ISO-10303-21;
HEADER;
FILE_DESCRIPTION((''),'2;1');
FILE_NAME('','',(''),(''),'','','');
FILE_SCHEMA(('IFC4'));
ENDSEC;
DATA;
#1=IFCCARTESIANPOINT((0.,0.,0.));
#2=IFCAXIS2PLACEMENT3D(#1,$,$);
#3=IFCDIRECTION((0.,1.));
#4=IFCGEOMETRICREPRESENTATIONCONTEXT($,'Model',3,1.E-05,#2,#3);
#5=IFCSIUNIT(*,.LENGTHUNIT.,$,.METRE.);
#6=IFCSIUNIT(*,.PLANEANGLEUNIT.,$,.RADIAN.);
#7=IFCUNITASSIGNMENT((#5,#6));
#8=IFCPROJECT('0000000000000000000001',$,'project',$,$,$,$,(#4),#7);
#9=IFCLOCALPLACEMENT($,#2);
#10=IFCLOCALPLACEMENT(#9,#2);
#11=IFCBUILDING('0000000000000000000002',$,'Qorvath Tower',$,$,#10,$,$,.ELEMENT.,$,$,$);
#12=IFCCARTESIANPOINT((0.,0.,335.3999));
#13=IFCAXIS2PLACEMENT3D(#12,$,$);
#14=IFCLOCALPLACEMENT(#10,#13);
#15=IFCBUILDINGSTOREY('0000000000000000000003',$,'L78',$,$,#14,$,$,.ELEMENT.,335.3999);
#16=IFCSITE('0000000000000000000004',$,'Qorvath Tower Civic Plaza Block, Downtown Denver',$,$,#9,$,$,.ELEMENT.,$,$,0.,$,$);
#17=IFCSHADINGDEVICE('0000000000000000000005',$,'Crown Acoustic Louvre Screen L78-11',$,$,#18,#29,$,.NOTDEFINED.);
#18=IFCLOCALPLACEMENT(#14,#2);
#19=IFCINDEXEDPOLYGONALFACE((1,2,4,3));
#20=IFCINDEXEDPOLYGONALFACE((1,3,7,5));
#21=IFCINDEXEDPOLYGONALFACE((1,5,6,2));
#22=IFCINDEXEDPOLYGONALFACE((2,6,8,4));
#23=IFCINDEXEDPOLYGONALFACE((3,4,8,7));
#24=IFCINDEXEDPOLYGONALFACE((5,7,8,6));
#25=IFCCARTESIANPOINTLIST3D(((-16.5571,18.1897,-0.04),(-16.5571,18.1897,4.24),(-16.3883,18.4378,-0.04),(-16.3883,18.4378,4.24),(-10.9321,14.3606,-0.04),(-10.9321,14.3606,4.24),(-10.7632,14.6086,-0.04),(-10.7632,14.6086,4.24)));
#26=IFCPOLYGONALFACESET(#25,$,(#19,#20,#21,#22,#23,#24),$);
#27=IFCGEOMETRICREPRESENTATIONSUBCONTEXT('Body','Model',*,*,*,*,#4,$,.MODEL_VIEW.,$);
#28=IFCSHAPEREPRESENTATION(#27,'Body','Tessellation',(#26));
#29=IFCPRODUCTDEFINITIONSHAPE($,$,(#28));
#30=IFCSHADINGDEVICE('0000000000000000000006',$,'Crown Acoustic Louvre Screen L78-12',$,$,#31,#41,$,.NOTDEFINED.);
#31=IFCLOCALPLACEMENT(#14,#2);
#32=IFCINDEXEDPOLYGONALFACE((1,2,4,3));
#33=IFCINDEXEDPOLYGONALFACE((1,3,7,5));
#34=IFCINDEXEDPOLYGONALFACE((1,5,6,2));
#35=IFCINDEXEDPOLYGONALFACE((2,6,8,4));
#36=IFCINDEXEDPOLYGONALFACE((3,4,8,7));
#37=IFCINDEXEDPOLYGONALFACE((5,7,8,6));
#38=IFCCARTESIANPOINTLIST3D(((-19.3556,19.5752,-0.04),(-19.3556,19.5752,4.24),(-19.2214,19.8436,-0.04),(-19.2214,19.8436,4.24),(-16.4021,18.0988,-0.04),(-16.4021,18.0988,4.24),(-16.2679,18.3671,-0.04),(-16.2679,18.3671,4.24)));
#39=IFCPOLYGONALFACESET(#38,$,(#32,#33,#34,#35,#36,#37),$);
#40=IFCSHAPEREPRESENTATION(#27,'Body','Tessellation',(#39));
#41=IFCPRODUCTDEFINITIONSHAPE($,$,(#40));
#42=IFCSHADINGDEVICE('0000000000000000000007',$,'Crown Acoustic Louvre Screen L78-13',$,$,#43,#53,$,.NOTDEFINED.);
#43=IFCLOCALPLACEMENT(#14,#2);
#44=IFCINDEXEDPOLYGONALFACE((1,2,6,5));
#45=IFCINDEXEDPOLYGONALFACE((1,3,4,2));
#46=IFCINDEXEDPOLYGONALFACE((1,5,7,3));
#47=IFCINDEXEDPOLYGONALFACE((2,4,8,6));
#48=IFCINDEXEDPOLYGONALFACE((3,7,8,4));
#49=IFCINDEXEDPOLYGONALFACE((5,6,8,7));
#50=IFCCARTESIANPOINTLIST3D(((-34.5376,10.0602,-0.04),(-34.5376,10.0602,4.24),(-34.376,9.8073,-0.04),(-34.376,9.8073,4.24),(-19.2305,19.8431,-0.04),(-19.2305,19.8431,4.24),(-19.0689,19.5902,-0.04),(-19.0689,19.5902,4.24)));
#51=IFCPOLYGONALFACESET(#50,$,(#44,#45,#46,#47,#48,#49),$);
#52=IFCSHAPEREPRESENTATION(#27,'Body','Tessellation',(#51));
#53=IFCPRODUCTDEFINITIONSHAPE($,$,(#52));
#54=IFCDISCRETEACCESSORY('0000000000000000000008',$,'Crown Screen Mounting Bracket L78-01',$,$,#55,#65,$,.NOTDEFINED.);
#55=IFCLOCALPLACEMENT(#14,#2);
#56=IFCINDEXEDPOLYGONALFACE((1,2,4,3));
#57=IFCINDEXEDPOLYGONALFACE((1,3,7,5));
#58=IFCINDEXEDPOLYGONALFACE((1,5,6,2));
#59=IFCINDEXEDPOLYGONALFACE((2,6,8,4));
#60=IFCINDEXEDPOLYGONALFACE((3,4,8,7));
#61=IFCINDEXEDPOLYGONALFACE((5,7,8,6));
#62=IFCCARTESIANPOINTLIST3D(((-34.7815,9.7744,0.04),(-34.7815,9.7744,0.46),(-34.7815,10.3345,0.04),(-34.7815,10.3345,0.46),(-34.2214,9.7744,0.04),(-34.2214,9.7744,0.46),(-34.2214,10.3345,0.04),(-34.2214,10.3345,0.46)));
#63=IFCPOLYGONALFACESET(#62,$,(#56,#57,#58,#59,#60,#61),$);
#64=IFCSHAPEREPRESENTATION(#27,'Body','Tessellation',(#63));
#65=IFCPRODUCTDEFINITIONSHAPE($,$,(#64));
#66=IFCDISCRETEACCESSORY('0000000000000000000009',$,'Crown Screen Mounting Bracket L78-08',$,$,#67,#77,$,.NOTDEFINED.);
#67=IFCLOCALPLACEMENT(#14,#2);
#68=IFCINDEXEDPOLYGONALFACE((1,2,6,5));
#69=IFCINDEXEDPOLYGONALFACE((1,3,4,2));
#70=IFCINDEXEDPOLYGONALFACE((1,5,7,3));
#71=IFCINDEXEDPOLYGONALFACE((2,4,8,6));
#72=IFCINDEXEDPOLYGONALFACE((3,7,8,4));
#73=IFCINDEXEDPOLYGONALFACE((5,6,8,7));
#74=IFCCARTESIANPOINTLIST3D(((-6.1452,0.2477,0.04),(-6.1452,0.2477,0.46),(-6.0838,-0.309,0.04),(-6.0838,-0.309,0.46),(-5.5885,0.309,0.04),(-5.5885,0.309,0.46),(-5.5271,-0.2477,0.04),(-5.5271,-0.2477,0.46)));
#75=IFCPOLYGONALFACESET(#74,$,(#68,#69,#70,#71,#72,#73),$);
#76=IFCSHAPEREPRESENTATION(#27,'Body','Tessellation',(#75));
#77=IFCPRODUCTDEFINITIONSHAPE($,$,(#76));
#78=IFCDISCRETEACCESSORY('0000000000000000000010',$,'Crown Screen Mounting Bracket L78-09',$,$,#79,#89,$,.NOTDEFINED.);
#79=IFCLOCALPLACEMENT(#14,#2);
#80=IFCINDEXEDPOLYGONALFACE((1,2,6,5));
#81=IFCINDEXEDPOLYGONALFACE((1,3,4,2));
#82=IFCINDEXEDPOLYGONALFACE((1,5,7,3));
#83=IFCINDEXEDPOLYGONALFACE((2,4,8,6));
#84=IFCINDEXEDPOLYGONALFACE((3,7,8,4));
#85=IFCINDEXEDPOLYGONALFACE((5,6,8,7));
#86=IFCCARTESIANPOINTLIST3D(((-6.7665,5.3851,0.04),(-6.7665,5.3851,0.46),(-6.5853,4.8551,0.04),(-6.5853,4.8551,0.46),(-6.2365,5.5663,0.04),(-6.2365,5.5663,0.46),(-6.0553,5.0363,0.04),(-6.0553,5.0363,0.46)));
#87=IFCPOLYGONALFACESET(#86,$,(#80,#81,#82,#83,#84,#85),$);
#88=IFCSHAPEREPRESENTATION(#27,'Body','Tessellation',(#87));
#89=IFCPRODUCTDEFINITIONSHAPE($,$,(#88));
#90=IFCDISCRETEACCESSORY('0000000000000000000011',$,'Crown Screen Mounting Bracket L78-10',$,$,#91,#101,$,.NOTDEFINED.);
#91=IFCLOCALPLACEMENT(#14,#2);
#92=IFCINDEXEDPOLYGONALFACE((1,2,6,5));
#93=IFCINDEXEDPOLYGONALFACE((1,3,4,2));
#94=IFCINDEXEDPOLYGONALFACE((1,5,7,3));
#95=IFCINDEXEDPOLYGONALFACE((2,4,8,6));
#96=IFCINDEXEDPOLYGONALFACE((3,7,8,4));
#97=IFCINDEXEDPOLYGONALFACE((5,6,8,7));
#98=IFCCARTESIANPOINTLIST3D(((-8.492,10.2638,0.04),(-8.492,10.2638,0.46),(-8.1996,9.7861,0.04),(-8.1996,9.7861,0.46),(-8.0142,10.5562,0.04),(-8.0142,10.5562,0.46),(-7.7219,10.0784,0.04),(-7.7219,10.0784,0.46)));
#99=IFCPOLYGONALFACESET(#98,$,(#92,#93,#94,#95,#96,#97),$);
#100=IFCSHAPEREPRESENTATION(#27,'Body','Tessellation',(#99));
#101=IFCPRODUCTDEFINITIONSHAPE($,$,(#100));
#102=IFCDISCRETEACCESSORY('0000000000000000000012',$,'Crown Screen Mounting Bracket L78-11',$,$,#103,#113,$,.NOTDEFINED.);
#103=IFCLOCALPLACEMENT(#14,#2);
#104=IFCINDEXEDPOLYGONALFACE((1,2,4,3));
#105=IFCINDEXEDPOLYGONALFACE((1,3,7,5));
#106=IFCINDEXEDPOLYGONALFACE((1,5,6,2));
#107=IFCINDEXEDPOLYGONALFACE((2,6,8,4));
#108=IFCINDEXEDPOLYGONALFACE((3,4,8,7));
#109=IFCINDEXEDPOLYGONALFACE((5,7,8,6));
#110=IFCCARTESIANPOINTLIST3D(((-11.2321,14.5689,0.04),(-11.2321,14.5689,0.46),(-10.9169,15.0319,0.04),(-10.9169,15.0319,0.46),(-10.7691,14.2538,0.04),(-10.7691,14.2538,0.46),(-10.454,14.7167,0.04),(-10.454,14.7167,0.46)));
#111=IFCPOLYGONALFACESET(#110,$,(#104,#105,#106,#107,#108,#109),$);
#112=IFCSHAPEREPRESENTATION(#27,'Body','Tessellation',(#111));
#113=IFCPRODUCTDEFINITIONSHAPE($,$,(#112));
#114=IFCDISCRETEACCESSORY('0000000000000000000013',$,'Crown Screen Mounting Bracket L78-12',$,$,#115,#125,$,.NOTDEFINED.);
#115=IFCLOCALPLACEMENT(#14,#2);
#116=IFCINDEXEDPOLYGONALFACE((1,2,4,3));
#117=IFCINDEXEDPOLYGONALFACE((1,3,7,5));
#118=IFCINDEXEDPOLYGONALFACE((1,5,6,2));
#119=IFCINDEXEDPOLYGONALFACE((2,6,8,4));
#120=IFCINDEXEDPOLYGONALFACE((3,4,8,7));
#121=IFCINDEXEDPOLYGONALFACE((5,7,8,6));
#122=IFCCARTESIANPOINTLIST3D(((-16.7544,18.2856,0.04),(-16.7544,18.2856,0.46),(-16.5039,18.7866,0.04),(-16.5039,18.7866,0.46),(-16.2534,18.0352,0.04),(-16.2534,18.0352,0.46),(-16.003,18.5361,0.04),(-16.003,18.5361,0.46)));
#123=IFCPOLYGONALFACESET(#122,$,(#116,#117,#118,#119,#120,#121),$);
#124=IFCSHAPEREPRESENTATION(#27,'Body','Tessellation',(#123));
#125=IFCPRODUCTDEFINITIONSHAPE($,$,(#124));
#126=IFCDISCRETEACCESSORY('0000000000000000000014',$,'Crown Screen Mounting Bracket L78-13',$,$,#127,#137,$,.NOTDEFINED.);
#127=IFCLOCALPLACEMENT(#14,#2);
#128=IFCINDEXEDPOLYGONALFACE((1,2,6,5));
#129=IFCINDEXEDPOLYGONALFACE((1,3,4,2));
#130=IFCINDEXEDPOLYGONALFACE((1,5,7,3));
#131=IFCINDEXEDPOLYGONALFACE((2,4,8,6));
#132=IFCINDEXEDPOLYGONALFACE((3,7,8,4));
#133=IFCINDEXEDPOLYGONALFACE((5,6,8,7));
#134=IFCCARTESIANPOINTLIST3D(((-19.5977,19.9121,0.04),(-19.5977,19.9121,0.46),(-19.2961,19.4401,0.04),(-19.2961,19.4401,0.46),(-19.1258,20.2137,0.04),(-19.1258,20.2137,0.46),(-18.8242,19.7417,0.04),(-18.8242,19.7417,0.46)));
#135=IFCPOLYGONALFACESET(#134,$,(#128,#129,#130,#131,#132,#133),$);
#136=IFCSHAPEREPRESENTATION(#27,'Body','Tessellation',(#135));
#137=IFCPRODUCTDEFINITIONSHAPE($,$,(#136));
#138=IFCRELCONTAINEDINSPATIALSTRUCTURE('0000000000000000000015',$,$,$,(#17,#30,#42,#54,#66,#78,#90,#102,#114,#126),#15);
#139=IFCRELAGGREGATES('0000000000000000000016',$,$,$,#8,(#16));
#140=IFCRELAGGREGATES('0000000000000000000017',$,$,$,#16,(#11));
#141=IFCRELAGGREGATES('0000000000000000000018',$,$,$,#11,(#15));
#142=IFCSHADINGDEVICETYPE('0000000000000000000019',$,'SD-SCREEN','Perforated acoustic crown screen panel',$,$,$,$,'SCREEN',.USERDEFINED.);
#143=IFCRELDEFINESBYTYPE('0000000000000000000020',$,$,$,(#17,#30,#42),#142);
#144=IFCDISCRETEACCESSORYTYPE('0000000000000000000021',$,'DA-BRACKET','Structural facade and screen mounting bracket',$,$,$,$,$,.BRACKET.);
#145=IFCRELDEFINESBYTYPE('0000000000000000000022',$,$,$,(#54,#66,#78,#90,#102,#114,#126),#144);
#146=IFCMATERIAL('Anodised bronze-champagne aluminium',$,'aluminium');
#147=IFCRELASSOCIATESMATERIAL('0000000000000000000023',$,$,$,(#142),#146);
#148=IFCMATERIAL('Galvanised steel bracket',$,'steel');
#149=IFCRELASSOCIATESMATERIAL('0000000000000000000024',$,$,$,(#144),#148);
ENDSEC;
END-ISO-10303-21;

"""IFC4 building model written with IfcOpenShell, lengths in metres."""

from ifc_helpers import new_model, si_unit, direction, frame, origin, origin_2d, place, context, subcontext, project, spatial, rectangle, extrude, material, type_object, element, save


model = new_model("IFC4")

# Units and contexts
model_context = context("Model", 3, precision=1e-05, world=origin(), true_north=direction((0.0, 1.0)))
body_context = subcontext(model_context, "Body", "Model", "MODEL_VIEW")
ifc_project = project(units=[si_unit("LENGTHUNIT", "METRE"), si_unit("PLANEANGLEUNIT", "RADIAN")], contexts=[model_context])

# Site, building, storey
site_placement = place(None, origin())
site = spatial("IfcSite", under=ifc_project, at=site_placement, Name="Qorvath Tower Civic Plaza Block, Downtown Denver", CompositionType="ELEMENT", RefElevation=0.0)
building_placement = place(site_placement, origin())
building = spatial("IfcBuilding", under=site, at=building_placement, Name="Qorvath Tower", CompositionType="ELEMENT")
storey_placement = place(building_placement, frame((0.0, 0.0, 335.3999)))
storey = spatial("IfcBuildingStorey", under=building, at=storey_placement, Name="L78", CompositionType="ELEMENT", Elevation=335.3999)

# Shading devices
ifc_material_1 = material(Name="Anodised bronze-champagne aluminium", Category="aluminium")
shading_device_type = type_object("IfcShadingDeviceType", Name="SD-SCREEN", Description="Perforated acoustic crown screen panel", ElementType="SCREEN", PredefinedType="USERDEFINED", material=ifc_material_1)
shading_device_1_placement = place(storey_placement, frame((-13.6602, 16.3992, -0.04), z_axis=(0.0, 0.0, 1.0), x_axis=(-0.826643, 0.562727, 0.0)))
element("IfcShadingDevice", 1, at=shading_device_1_placement, inside=storey, type_object=shading_device_type, Name="Crown Acoustic Louvre Screen L78-11", PredefinedType="NOTDEFINED", context=body_context, shape_type="SweptSolid", body=[
    extrude(rectangle(XDim=6.8047, YDim=0.3, at=origin_2d()), origin(), (0.0, 0.0, 1.0), 4.28),
])
shading_device_2_placement = place(storey_placement, frame((-17.8118, 18.9712, -0.04), z_axis=(0.0, 0.0, 1.0), x_axis=(-0.894459, 0.44715, 0.0)))
element("IfcShadingDevice", 2, at=shading_device_2_placement, inside=storey, type_object=shading_device_type, Name="Crown Acoustic Louvre Screen L78-12", PredefinedType="NOTDEFINED", context=body_context, shape_type="SweptSolid", body=[
    extrude(rectangle(XDim=3.302, YDim=0.3, at=origin_2d()), origin(), (0.0, 0.0, 1.0), 4.28),
])
shading_device_3_placement = place(storey_placement, frame((-26.8032, 14.8252, -0.04), z_axis=(0.0, 0.0, 1.0), x_axis=(-0.842612, -0.538521, 0.0)))
element("IfcShadingDevice", 3, at=shading_device_3_placement, inside=storey, type_object=shading_device_type, Name="Crown Acoustic Louvre Screen L78-13", PredefinedType="NOTDEFINED", context=body_context, shape_type="SweptSolid", body=[
    extrude(rectangle(XDim=18.1663, YDim=0.3, at=origin_2d()), origin(), (0.0, 0.0, 1.0), 4.28),
])

# Discrete accessories
ifc_material_2 = material(Name="Galvanised steel bracket", Category="steel")
discrete_accessory_type = type_object("IfcDiscreteAccessoryType", Name="DA-BRACKET", Description="Structural facade and screen mounting bracket", PredefinedType="BRACKET", material=ifc_material_2)
for number, where, z_axis, x_axis, name in (
    (4, (-34.5015, 10.0544, 0.04), (0.0, 0.0, 1.0), (0.0, -1.0, 0.0), "Crown Screen Mounting Bracket L78-01"),
    (5, (-5.8362, 0.0, 0.04), (0.0, 0.0, 1.0), (-0.109599, 0.993976, 0.0), "Crown Screen Mounting Bracket L78-08"),
    (6, (-6.4109, 5.2107, 0.04), (0.0, 0.0, 1.0), (-0.323513, 0.946224, 0.0), "Crown Screen Mounting Bracket L78-09"),
    (7, (-8.1069, 10.1711, 0.04), (0.0, 0.0, 1.0), (-0.521936, 0.852985, 0.0), "Crown Screen Mounting Bracket L78-10"),
    (8, (-10.843, 14.6428, 0.04), (0.0, 0.0, 1.0), (-0.826643, 0.562727, 0.0), "Crown Screen Mounting Bracket L78-11"),
    (9, (-16.3787, 18.4109, 0.04), (0.0, 0.0, 1.0), (-0.894459, 0.44715, 0.0), "Crown Screen Mounting Bracket L78-12"),
    (10, (-19.2109, 19.8269, 0.04), (0.0, 0.0, 1.0), (-0.842612, -0.538521, 0.0), "Crown Screen Mounting Bracket L78-13"),
):
    element("IfcDiscreteAccessory", number, at=place(storey_placement, frame(where, z_axis=z_axis, x_axis=x_axis)), inside=storey, type_object=discrete_accessory_type, Name=name, PredefinedType="NOTDEFINED", context=body_context, shape_type="SweptSolid", body=[
        extrude(rectangle(XDim=0.5601, YDim=0.5601, at=origin_2d()), origin(), (0.0, 0.0, 1.0), 0.4199),
    ])

save(model, "model.ifc")
